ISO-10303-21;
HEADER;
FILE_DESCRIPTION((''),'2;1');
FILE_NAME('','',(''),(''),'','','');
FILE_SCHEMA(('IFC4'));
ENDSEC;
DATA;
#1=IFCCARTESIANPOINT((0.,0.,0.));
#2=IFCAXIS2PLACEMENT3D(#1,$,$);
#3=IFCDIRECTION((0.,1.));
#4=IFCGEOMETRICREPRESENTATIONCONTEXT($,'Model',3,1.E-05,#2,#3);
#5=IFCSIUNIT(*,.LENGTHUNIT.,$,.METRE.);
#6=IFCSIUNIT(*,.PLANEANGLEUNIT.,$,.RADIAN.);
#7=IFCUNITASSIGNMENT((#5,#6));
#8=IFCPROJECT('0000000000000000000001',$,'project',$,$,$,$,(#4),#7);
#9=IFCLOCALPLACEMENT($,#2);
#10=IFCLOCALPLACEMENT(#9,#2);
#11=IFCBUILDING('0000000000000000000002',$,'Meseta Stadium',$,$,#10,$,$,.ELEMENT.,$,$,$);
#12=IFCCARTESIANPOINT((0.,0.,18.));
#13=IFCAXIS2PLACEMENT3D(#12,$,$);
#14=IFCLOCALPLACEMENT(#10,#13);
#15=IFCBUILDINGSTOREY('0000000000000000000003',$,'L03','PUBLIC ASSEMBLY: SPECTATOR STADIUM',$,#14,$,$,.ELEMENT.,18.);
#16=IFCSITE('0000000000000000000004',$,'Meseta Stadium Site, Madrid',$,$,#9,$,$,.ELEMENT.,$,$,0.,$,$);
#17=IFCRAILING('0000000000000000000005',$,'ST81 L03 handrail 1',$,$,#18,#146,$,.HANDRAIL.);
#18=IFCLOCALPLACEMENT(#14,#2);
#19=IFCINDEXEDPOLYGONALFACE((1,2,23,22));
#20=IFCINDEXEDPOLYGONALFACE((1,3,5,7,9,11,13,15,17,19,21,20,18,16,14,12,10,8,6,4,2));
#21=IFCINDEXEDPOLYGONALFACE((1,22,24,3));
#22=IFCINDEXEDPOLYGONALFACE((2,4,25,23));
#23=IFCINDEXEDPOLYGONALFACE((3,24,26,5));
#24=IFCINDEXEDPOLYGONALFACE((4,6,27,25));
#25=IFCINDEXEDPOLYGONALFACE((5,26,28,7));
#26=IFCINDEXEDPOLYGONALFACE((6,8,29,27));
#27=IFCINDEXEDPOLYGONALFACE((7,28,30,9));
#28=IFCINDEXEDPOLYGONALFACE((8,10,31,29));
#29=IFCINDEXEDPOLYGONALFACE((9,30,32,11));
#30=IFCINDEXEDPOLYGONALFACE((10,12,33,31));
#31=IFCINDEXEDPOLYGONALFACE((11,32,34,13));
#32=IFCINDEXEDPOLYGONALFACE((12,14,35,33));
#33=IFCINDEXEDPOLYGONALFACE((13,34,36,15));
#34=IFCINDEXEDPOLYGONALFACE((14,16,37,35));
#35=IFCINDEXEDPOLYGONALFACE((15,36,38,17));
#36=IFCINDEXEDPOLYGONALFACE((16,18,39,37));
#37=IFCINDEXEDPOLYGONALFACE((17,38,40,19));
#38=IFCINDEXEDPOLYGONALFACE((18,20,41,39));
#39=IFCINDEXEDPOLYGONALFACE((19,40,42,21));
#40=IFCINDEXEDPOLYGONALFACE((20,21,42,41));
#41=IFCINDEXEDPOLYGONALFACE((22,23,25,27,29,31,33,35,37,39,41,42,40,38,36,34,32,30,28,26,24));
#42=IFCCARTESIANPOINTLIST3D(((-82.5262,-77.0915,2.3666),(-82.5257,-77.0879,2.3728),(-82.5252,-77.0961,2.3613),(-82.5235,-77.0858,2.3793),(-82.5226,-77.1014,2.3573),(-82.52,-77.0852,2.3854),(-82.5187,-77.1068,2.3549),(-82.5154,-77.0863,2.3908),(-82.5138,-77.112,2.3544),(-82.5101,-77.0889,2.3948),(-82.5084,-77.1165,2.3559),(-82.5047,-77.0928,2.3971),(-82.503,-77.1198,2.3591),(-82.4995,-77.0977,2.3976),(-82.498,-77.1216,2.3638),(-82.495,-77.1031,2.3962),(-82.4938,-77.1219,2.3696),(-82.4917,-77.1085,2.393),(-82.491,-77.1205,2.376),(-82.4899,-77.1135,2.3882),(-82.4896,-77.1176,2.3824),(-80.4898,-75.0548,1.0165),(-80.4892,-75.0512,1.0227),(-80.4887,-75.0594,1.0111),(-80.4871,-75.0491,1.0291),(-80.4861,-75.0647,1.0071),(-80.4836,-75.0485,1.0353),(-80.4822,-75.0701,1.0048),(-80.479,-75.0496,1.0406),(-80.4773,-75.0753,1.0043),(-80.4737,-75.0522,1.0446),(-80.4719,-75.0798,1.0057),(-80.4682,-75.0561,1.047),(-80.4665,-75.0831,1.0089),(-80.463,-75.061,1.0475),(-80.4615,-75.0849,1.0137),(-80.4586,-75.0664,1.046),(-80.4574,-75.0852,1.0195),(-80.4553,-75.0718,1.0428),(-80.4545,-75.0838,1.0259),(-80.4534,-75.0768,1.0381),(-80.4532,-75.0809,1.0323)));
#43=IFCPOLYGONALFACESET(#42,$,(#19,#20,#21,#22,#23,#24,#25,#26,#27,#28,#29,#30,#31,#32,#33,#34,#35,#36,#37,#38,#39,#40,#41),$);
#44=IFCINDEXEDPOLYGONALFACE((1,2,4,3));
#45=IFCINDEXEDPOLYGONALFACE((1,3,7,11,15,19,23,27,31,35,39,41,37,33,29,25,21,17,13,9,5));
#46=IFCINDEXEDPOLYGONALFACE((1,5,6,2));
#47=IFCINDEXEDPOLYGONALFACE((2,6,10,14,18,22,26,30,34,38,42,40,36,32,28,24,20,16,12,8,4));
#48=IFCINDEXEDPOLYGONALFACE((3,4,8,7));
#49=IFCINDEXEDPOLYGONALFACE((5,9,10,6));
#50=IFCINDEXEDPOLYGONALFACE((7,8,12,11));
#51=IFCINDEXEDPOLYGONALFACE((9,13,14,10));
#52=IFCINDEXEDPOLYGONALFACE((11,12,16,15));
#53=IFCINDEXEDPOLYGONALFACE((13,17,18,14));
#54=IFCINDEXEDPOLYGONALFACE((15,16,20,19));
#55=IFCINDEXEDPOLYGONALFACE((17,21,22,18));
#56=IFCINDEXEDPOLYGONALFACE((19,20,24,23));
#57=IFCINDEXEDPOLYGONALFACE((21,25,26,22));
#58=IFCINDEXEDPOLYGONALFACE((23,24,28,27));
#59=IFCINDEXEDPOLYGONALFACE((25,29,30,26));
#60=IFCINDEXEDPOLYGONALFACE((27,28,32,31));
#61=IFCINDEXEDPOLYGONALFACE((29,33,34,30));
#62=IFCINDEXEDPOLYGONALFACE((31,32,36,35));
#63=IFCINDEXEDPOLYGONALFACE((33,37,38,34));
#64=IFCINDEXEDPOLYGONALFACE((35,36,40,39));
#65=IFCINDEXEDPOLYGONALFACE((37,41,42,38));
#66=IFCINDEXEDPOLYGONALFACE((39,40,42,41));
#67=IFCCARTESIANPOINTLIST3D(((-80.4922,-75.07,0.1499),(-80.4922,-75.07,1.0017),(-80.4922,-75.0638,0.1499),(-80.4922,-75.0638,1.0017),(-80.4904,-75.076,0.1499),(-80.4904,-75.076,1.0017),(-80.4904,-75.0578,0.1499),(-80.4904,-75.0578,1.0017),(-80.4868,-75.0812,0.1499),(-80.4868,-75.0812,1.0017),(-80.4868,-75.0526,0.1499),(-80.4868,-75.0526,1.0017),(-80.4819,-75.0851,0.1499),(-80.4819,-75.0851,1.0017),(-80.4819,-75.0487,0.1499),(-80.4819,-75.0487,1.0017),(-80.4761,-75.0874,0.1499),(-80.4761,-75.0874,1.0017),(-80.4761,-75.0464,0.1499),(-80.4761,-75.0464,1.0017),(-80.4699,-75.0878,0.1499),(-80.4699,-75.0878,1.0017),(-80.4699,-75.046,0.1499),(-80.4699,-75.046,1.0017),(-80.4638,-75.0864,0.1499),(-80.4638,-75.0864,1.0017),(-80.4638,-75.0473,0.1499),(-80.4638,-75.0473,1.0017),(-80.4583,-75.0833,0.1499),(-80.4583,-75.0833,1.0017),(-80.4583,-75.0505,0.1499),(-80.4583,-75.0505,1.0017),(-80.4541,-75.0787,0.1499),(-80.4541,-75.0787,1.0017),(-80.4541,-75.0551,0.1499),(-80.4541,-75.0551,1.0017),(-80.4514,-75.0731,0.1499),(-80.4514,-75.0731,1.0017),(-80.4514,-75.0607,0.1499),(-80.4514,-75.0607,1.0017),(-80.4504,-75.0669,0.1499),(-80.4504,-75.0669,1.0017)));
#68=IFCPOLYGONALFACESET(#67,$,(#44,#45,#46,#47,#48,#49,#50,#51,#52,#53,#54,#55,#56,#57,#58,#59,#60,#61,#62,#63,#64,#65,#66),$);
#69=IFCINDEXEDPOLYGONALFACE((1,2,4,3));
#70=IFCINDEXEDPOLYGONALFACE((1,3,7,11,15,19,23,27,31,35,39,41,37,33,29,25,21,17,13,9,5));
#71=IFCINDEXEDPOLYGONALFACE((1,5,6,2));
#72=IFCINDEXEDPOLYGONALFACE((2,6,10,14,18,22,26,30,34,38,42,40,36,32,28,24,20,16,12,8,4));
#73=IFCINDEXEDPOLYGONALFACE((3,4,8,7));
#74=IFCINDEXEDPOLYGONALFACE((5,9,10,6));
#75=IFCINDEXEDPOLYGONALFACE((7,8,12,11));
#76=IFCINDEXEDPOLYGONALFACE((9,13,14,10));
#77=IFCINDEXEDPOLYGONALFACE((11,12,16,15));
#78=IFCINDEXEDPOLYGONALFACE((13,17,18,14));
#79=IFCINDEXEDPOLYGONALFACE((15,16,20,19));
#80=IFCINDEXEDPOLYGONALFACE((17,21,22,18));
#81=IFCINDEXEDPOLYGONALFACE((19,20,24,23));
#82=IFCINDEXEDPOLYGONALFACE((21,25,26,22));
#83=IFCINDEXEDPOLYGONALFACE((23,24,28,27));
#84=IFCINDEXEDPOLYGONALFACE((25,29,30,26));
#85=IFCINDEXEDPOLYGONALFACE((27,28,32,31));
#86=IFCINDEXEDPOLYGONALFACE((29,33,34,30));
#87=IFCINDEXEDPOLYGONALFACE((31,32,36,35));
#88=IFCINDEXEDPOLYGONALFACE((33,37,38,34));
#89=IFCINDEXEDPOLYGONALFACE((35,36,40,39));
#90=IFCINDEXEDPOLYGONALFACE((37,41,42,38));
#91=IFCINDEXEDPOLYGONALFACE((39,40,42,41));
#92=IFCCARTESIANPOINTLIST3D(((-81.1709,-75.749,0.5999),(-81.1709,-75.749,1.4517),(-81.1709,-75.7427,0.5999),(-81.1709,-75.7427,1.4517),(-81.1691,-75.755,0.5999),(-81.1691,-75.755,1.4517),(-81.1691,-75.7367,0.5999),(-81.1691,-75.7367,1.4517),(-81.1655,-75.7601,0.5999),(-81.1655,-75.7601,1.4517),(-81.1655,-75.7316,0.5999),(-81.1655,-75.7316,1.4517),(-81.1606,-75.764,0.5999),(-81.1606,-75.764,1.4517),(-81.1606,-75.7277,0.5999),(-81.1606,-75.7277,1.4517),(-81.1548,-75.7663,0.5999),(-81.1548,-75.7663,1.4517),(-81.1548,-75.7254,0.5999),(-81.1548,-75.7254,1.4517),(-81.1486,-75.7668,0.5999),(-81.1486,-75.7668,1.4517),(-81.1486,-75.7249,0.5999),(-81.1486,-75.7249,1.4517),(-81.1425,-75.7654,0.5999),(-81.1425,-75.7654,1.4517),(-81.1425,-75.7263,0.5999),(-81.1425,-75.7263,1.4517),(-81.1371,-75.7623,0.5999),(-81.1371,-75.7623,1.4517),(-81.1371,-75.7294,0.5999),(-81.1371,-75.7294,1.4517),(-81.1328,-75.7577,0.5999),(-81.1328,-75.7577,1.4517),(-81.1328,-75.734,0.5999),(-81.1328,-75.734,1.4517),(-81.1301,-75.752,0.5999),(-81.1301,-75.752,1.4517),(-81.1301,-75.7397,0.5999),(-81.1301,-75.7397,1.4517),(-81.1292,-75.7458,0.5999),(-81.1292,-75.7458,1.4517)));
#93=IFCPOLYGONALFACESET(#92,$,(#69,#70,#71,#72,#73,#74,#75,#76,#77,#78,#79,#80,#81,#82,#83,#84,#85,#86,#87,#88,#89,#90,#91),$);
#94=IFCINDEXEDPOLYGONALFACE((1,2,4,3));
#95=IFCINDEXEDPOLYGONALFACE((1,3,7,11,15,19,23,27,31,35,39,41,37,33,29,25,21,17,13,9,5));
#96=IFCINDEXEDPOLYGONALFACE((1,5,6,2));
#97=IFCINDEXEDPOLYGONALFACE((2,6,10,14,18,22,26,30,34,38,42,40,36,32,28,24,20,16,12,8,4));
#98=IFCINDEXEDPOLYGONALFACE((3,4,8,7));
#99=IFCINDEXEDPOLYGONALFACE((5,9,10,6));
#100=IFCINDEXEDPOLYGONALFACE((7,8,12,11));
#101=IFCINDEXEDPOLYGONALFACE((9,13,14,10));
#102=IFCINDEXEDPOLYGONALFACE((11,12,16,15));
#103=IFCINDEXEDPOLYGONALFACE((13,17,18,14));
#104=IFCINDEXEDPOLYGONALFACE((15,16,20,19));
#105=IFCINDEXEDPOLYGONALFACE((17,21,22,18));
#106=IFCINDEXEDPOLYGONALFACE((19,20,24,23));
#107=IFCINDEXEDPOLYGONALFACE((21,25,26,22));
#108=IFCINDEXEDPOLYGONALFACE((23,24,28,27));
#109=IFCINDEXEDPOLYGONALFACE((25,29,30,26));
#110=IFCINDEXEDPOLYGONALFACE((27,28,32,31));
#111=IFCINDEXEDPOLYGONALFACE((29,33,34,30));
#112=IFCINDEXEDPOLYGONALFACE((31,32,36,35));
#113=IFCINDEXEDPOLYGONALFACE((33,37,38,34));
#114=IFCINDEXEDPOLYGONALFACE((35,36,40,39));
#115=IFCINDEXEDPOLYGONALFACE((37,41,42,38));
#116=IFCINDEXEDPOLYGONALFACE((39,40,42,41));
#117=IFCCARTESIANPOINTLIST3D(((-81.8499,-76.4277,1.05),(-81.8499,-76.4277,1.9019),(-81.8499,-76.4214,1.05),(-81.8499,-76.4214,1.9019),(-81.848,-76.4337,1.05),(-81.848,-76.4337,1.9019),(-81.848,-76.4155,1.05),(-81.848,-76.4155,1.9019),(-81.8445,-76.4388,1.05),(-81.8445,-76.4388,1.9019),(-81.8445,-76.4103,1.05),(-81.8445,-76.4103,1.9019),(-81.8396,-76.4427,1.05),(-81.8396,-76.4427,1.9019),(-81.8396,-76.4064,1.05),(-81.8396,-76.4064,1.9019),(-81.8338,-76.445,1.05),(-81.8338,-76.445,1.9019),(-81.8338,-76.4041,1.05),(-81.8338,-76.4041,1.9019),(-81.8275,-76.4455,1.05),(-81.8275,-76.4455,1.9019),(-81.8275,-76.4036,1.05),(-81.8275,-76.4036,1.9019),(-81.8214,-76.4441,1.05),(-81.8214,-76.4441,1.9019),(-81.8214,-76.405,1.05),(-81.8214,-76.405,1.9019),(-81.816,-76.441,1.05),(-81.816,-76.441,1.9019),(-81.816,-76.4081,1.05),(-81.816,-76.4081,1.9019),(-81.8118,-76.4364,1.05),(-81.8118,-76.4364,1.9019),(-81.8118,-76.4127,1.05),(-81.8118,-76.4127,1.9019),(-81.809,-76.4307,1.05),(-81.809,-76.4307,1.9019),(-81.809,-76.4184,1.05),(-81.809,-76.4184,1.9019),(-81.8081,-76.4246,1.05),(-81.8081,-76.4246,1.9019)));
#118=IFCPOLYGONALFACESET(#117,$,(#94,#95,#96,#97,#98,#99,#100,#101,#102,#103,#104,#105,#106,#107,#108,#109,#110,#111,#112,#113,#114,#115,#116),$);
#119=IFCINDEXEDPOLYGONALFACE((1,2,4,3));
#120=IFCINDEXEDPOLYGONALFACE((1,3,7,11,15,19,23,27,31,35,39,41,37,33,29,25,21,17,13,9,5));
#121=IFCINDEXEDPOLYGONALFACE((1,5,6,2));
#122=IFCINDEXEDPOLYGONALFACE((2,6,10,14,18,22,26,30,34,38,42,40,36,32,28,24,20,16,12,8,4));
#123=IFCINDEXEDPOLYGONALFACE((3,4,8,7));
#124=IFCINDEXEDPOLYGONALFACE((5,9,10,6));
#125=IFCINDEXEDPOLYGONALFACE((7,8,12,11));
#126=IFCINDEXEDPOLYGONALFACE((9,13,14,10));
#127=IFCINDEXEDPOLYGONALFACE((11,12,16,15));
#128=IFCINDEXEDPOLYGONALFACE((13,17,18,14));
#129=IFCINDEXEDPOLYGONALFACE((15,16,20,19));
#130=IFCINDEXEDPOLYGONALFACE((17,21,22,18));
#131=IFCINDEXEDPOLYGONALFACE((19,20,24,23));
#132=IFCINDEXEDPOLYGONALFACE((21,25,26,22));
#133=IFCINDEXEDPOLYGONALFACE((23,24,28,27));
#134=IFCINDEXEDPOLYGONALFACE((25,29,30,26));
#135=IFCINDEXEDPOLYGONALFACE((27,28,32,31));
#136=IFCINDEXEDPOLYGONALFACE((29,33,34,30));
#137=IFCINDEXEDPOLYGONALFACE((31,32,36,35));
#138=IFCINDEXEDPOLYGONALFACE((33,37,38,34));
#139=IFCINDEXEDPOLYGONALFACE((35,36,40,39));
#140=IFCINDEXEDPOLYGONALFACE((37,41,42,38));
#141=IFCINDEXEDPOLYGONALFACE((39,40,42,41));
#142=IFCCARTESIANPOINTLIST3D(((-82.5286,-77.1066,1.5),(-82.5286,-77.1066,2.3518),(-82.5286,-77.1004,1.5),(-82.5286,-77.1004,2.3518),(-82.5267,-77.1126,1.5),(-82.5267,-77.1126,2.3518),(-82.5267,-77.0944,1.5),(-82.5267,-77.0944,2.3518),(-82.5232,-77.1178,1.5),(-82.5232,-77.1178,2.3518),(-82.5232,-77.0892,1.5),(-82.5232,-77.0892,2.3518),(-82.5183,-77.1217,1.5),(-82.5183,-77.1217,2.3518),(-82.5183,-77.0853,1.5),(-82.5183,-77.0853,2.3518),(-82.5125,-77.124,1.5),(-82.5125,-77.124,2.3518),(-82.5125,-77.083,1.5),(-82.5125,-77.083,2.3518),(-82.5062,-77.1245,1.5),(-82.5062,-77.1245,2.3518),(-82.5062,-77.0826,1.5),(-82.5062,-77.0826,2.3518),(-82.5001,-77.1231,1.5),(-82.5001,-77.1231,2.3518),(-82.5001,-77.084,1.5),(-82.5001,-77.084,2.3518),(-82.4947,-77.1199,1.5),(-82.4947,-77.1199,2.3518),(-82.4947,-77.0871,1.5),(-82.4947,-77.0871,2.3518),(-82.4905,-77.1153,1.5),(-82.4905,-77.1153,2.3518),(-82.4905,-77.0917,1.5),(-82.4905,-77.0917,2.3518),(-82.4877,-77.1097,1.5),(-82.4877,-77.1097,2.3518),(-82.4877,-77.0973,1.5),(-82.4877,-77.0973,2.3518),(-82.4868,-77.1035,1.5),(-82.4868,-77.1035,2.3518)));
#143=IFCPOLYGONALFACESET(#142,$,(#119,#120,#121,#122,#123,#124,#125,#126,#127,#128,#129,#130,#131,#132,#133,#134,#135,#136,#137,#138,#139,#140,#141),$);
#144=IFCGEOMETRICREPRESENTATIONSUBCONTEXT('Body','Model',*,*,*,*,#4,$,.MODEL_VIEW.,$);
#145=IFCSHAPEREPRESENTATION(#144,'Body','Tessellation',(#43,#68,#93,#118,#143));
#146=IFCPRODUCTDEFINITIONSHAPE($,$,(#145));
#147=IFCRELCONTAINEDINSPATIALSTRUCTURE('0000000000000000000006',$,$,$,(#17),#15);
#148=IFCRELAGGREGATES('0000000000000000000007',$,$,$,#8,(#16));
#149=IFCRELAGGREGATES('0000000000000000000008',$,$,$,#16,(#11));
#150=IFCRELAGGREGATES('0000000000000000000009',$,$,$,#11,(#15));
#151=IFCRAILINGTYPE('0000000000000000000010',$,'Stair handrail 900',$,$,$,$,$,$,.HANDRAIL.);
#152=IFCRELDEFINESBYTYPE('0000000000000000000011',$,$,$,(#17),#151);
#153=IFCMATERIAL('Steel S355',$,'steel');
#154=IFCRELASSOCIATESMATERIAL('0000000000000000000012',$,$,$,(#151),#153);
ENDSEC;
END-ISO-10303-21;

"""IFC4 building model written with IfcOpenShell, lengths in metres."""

from ifc_helpers import new_model, si_unit, direction, frame, origin, origin_2d, place, context, subcontext, project, spatial, circle, extrude, material, type_object, element, save


model = new_model("IFC4")

# Units and contexts
model_context = context("Model", 3, precision=1e-05, world=origin(), true_north=direction((0.0, 1.0)))
body_context = subcontext(model_context, "Body", "Model", "MODEL_VIEW")
ifc_project = project(units=[si_unit("LENGTHUNIT", "METRE"), si_unit("PLANEANGLEUNIT", "RADIAN")], contexts=[model_context])

# Site, building, storey
site_placement = place(None, origin())
site = spatial("IfcSite", under=ifc_project, at=site_placement, Name="Meseta Stadium Site, Madrid", CompositionType="ELEMENT", RefElevation=0.0)
building_placement = place(site_placement, origin())
building = spatial("IfcBuilding", under=site, at=building_placement, Name="Meseta Stadium", CompositionType="ELEMENT")
storey_placement = place(building_placement, frame((0.0, 0.0, 18.0)))
storey = spatial("IfcBuildingStorey", under=building, at=storey_placement, Name="L03", Description="PUBLIC ASSEMBLY: SPECTATOR STADIUM", CompositionType="ELEMENT", Elevation=18.0)

# Railing
ifc_material_1 = material(Name="Steel S355", Category="steel")
railing_type_1 = type_object("IfcRailingType", Name="Stair handrail 900", PredefinedType="HANDRAIL", material=ifc_material_1)
for number, where, name in (
    (1, (-80.4714, -75.0669, 0.1499), "ST81 L03 handrail 1"),
):
    element("IfcRailing", number, at=place(storey_placement, frame(where)), inside=storey, type_object=railing_type_1, Name=name, PredefinedType="HANDRAIL", context=body_context, shape_type="SweptSolid", body=[
        extrude(circle(Radius=0.0239, at=origin_2d()), frame((0.0, 0.0, 0.876), z_axis=(-0.640211, -0.640288, 0.424454), x_axis=(0.707149, -0.707064, 0.0)), (0.0, 0.0, 1.0), 3.1809),
        extrude(circle(Radius=0.021, at=origin_2d()), origin(), (0.0, 0.0, 1.0), 0.8518),
        extrude(circle(Radius=0.021, at=origin_2d()), frame((-0.6787, -0.679, 0.45)), (0.0, 0.0, 1.0), 0.8518),
        extrude(circle(Radius=0.021, at=origin_2d()), frame((-1.3577, -1.3577, 0.9001)), (0.0, 0.0, 1.0), 0.8518),
        extrude(circle(Radius=0.021, at=origin_2d()), frame((-2.0364, -2.0366, 1.3501)), (0.0, 0.0, 1.0), 0.8518),
    ])

save(model, "model.ifc")
